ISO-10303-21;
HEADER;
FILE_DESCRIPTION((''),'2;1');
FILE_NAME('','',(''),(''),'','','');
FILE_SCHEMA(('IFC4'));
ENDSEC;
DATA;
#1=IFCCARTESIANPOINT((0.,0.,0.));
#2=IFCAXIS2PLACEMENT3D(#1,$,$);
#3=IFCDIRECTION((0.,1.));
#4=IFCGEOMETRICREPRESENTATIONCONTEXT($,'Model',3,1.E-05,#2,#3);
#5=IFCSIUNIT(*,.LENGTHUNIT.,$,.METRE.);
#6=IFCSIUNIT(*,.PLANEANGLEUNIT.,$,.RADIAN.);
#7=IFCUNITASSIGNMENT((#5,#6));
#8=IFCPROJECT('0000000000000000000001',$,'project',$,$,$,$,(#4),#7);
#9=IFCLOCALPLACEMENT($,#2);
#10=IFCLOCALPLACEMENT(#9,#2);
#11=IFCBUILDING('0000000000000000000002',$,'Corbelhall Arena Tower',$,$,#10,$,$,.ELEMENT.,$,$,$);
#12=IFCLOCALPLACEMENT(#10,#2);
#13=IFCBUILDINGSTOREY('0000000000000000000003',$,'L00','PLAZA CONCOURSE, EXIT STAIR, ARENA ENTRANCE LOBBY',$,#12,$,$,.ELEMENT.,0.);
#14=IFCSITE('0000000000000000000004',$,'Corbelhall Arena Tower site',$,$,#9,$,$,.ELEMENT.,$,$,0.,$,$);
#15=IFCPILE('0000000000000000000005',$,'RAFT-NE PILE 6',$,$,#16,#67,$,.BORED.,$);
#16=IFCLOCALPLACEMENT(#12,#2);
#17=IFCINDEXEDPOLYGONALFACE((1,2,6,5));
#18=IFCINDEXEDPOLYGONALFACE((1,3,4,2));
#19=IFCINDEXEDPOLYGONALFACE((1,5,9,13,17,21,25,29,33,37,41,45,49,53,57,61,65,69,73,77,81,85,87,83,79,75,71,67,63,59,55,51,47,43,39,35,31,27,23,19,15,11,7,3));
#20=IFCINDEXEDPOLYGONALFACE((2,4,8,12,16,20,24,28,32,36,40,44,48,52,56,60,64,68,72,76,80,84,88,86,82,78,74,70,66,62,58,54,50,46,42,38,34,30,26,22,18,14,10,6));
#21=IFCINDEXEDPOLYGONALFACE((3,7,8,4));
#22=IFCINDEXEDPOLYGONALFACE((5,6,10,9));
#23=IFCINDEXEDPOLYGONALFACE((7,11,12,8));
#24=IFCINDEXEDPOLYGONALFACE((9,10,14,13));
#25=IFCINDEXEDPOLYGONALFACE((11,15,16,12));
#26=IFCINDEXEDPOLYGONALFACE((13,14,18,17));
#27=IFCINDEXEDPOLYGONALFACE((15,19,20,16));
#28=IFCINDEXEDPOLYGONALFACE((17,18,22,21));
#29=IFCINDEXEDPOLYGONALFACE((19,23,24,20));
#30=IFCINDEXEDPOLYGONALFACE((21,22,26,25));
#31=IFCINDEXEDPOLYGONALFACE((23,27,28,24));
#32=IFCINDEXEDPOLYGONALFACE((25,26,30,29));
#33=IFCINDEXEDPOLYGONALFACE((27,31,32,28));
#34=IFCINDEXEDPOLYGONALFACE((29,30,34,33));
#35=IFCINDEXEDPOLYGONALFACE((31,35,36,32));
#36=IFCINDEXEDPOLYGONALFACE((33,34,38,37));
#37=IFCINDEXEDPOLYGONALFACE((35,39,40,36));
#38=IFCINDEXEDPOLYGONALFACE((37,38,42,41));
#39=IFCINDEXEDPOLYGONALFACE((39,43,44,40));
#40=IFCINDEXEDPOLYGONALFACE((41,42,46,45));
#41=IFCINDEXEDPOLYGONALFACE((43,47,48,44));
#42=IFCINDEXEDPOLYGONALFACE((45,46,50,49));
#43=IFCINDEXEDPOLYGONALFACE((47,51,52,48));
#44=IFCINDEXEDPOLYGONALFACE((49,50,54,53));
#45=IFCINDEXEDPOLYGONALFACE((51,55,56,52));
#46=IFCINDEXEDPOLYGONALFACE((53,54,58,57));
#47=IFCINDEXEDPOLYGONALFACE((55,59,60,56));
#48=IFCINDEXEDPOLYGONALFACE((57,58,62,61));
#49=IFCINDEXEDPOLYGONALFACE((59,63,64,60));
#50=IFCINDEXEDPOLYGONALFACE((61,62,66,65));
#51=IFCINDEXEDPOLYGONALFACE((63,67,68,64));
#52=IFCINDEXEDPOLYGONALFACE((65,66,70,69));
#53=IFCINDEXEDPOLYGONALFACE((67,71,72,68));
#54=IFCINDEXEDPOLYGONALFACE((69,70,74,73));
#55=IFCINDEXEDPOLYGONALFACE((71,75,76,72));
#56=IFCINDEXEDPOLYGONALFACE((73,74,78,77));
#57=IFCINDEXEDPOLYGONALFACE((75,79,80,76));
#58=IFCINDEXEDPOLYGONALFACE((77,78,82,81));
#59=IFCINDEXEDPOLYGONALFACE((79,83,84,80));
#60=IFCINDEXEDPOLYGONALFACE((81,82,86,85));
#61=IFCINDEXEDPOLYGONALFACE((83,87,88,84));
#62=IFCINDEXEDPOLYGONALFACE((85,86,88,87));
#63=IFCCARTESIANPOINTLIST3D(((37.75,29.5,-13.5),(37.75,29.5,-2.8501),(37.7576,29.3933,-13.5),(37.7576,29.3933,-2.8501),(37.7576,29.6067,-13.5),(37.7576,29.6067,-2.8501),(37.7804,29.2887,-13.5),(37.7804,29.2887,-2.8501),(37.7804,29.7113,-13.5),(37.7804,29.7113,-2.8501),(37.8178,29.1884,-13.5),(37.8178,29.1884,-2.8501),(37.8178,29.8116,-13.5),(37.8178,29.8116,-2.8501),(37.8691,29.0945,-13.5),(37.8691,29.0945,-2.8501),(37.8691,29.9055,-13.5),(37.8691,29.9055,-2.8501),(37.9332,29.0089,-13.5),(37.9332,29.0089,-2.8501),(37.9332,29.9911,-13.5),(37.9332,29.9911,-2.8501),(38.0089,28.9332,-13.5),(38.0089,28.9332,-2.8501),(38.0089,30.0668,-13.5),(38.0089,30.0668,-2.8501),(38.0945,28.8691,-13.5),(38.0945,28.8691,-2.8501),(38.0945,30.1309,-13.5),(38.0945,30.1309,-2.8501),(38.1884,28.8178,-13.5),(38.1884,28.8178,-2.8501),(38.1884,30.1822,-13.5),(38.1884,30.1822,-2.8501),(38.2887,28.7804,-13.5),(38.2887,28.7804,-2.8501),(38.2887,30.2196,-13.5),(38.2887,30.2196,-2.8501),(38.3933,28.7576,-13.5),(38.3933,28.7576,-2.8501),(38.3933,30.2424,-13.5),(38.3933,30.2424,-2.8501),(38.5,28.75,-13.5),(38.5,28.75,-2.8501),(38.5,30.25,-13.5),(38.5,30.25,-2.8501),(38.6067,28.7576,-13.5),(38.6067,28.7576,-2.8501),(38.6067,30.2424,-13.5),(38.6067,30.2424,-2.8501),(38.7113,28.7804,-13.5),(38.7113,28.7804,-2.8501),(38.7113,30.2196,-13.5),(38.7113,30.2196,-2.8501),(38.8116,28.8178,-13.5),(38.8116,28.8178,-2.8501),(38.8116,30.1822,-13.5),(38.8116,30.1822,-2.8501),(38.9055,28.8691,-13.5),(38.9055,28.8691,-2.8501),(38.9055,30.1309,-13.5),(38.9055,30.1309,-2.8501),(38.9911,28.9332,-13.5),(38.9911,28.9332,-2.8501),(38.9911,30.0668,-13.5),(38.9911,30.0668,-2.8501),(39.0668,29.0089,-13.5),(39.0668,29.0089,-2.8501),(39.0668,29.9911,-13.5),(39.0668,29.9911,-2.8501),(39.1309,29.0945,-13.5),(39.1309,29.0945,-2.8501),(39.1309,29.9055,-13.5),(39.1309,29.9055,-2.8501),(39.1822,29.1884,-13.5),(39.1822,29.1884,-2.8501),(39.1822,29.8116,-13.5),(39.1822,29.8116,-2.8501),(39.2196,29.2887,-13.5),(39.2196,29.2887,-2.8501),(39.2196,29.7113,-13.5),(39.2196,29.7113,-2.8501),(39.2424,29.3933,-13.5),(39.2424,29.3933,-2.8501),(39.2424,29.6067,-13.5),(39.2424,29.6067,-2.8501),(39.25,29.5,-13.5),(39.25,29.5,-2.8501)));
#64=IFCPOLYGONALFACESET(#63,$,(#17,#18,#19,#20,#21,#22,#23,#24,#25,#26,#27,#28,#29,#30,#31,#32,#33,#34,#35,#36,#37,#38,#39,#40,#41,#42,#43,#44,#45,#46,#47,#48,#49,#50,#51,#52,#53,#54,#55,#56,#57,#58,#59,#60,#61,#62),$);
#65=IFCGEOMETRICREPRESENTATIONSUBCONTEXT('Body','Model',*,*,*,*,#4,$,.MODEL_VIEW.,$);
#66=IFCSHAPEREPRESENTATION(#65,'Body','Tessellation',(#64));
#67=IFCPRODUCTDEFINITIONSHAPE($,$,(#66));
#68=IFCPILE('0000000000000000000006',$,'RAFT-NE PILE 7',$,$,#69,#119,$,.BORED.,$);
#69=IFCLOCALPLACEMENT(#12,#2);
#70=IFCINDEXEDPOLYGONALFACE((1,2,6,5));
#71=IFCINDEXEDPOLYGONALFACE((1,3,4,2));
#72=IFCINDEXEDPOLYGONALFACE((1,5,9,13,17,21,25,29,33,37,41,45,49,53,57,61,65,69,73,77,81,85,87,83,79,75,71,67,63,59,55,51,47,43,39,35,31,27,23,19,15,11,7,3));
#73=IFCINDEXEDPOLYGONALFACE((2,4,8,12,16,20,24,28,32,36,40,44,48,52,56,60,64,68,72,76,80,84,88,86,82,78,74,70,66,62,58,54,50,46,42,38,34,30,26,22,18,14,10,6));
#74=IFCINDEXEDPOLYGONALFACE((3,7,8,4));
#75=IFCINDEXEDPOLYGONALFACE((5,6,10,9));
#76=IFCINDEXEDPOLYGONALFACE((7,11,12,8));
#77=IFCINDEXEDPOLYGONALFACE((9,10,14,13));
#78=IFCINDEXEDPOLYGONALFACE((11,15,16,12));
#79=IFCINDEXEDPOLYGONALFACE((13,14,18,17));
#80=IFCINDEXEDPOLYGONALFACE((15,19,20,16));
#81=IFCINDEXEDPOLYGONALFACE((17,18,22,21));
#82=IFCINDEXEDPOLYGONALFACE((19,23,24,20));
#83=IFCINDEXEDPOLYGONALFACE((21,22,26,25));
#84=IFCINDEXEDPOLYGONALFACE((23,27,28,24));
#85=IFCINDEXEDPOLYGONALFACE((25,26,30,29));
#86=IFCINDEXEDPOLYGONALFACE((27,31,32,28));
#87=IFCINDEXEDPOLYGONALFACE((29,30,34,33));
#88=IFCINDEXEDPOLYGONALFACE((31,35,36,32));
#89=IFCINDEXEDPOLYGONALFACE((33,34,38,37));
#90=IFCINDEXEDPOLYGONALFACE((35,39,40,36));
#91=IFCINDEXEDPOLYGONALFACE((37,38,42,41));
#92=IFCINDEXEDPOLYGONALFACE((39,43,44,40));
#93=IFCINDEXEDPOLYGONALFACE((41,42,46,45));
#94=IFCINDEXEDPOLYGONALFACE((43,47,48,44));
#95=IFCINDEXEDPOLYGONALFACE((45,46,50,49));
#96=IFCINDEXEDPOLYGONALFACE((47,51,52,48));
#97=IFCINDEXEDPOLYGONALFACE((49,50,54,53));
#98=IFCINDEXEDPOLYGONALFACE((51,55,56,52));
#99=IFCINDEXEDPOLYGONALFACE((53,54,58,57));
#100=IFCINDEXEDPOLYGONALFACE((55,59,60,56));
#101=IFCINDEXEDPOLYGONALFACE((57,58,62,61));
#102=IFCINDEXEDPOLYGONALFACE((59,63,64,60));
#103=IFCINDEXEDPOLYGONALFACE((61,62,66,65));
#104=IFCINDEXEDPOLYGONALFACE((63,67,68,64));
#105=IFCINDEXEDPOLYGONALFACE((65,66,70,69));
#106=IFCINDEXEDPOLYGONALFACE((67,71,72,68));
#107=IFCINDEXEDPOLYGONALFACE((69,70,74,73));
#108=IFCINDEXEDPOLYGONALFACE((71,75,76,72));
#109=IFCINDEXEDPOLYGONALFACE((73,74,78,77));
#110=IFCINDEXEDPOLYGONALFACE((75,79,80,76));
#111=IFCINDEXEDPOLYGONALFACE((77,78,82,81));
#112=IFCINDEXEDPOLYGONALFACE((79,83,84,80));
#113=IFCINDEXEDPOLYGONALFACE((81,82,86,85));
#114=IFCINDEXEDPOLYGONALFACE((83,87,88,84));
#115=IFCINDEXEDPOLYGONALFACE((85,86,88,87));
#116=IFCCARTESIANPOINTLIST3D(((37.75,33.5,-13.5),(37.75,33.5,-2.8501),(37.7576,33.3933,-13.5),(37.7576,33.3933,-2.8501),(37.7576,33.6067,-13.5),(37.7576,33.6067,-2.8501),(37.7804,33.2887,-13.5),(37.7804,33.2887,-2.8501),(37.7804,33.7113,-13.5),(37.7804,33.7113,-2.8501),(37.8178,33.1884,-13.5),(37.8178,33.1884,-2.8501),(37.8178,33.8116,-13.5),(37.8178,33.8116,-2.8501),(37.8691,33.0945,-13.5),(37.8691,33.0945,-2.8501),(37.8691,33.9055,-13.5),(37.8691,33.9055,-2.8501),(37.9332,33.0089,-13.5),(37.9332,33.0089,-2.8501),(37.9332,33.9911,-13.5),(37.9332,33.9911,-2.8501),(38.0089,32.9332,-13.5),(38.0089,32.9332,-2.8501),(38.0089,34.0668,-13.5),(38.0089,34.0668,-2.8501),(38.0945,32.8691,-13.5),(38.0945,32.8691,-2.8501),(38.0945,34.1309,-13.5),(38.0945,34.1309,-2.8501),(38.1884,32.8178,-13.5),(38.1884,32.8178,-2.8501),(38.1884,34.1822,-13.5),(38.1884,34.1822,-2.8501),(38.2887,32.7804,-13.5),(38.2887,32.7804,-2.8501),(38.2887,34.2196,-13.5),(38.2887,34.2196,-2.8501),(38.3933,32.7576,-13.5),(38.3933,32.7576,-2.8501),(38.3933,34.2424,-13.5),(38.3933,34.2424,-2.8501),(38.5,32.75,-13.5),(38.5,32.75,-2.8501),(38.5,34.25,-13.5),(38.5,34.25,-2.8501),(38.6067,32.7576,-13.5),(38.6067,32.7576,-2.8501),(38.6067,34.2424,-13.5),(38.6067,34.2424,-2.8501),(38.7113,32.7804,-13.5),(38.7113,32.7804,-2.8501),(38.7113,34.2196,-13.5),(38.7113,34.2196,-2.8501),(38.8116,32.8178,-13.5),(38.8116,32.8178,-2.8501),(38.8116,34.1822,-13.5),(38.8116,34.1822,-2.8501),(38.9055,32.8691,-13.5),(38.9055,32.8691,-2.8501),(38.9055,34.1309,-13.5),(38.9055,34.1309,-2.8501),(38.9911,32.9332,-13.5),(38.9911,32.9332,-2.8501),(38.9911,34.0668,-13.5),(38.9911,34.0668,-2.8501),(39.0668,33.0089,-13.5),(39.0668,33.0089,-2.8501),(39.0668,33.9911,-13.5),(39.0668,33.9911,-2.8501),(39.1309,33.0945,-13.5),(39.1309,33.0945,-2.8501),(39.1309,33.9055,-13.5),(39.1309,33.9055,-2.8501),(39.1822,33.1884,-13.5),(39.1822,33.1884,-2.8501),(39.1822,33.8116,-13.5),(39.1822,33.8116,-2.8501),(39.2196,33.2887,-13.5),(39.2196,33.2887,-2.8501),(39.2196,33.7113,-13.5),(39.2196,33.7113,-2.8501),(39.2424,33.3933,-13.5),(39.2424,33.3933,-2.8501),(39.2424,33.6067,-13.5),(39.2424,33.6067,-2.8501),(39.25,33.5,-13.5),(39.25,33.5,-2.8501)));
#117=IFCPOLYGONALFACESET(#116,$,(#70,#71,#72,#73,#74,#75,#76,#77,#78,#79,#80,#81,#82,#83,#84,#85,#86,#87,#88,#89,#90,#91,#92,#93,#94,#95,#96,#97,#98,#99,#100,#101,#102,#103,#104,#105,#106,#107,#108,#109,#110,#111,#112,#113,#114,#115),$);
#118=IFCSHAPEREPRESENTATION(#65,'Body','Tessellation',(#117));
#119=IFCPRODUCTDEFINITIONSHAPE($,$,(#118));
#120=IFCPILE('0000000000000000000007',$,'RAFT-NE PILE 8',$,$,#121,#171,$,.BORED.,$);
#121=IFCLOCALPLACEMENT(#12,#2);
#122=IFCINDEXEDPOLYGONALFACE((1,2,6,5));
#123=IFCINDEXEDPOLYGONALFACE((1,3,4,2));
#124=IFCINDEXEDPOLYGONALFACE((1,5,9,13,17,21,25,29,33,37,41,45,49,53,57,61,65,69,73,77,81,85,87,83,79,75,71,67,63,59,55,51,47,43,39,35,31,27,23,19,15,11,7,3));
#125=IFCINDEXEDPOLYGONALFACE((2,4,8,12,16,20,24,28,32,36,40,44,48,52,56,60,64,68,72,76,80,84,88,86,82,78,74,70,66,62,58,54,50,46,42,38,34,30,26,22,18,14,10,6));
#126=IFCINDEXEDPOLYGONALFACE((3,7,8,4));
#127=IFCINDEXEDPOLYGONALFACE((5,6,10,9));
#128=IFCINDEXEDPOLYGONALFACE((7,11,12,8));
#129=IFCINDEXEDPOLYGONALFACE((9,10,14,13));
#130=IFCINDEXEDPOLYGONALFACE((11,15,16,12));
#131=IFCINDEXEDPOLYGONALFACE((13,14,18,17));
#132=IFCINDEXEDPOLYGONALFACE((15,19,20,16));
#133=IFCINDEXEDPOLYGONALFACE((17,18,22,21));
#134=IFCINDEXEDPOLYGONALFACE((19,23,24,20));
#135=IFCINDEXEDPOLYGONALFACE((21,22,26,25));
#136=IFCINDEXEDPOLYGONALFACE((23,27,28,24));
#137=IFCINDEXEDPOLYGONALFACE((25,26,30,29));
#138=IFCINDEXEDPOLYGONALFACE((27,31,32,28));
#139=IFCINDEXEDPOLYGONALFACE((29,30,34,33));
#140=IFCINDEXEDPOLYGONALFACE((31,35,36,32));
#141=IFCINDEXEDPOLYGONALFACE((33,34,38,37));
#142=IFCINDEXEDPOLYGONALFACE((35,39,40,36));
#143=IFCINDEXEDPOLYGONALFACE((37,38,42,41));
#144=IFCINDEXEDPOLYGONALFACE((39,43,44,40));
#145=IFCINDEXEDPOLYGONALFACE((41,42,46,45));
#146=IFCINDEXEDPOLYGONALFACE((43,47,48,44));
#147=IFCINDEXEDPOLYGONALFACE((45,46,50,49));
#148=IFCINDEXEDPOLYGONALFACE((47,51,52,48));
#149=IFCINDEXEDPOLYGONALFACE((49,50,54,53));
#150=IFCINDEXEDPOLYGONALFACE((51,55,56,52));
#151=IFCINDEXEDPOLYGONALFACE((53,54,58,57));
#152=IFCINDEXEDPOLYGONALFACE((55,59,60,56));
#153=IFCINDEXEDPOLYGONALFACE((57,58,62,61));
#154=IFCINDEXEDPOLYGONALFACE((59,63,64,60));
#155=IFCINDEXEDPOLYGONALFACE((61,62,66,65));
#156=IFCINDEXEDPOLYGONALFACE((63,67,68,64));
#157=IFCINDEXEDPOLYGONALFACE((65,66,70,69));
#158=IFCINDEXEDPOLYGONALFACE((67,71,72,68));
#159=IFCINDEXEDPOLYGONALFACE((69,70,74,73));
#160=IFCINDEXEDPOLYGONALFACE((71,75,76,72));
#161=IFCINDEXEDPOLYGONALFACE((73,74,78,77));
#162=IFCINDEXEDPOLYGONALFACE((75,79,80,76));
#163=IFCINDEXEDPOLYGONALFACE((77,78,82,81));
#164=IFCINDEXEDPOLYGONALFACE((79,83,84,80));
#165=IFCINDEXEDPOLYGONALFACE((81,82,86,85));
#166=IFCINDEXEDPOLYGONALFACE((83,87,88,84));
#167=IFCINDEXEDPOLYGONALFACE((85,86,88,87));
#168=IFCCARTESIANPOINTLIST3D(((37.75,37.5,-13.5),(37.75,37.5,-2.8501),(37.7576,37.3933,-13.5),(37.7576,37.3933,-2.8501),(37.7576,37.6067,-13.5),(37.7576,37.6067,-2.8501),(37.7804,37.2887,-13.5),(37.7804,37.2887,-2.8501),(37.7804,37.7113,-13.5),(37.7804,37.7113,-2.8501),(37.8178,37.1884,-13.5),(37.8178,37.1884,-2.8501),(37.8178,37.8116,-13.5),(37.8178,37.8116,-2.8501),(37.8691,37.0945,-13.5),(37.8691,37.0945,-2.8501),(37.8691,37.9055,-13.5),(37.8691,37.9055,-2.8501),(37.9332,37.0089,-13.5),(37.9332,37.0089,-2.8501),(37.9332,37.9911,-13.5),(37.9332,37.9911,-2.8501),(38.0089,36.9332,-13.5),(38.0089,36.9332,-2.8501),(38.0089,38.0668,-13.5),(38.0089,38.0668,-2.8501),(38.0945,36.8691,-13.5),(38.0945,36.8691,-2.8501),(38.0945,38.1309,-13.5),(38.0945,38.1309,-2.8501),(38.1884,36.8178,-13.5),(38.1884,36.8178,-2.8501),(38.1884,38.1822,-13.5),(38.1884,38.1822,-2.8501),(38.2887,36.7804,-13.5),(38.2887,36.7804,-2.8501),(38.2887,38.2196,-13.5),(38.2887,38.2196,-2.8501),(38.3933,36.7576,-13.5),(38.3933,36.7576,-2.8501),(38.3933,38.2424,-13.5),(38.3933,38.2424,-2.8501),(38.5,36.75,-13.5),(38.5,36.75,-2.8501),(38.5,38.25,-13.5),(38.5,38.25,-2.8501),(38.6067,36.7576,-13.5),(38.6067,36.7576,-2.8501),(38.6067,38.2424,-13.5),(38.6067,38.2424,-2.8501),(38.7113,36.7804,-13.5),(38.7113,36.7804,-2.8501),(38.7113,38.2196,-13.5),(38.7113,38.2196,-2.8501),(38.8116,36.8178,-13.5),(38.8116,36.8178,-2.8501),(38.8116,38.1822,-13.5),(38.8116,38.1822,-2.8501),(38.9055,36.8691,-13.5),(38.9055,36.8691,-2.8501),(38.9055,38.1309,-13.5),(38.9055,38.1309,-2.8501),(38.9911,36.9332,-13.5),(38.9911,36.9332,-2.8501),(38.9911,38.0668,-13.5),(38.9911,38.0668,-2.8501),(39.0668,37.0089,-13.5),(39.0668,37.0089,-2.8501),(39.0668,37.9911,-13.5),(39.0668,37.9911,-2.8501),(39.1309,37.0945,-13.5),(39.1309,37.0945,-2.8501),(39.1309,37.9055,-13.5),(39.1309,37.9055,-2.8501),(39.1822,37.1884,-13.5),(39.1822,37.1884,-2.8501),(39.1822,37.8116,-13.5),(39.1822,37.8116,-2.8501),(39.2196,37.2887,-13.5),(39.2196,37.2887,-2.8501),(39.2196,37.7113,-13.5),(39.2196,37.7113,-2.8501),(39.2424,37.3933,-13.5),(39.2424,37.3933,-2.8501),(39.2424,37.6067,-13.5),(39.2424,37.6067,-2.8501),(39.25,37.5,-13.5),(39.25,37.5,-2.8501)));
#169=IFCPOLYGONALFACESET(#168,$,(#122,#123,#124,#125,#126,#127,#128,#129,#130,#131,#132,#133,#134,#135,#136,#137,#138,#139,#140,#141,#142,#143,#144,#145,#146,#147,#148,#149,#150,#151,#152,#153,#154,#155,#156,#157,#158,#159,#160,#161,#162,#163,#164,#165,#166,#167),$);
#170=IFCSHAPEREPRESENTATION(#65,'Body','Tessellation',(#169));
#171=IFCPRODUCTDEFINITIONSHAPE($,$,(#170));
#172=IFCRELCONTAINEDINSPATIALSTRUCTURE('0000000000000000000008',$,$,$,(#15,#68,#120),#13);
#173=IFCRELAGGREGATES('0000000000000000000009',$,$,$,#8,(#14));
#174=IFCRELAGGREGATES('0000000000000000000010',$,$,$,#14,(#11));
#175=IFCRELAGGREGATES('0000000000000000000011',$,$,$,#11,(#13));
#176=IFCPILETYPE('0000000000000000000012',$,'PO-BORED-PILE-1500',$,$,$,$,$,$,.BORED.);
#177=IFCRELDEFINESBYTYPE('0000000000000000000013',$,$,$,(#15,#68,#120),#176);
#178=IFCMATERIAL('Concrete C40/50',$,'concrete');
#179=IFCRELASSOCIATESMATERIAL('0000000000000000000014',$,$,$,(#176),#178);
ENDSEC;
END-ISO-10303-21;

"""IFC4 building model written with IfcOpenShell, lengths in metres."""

from ifc_helpers import new_model, si_unit, direction, frame, origin, origin_2d, place, context, subcontext, project, spatial, circle, extrude, material, material_profile, profile_set, type_object, element, save


model = new_model("IFC4")

# Units and contexts
model_context = context("Model", 3, precision=1e-05, world=origin(), true_north=direction((0.0, 1.0)))
body_context = subcontext(model_context, "Body", "Model", "MODEL_VIEW")
ifc_project = project(units=[si_unit("LENGTHUNIT", "METRE"), si_unit("PLANEANGLEUNIT", "RADIAN")], contexts=[model_context])

# Site, building, storey
site_placement = place(None, origin())
site = spatial("IfcSite", under=ifc_project, at=site_placement, Name="Corbelhall Arena Tower site", CompositionType="ELEMENT", RefElevation=0.0)
building_placement = place(site_placement, origin())
building = spatial("IfcBuilding", under=site, at=building_placement, Name="Corbelhall Arena Tower", CompositionType="ELEMENT")
storey_placement = place(building_placement, origin())
storey = spatial("IfcBuildingStorey", under=building, at=storey_placement, Name="L00", Description="PLAZA CONCOURSE, EXIT STAIR, ARENA ENTRANCE LOBBY", CompositionType="ELEMENT", Elevation=0.0)

# Piles
ifc_material_1 = material(Name="Concrete C40/50", Category="concrete")
ifc_material_profile = material_profile(ifc_material_1, circle(Radius=0.75, at=origin_2d()))
ifc_profile_set = profile_set([ifc_material_profile], Name="Concrete C40/50")
pile_type = type_object("IfcPileType", Name="PO-BORED-PILE-1500", PredefinedType="BORED", material=ifc_profile_set)
for number, where, z_axis, x_axis, name in (
    (1, (38.5, 29.5, -2.8501), (0.0, 0.0, -1.0), (1.0, 0.0, 0.0), "RAFT-NE PILE 6"),
    (2, (38.5, 33.5, -2.8501), (0.0, 0.0, -1.0), (1.0, 0.0, 0.0), "RAFT-NE PILE 7"),
    (3, (38.5, 37.5, -2.8501), (0.0, 0.0, -1.0), (1.0, 0.0, 0.0), "RAFT-NE PILE 8"),
):
    element("IfcPile", number, at=place(storey_placement, frame(where, z_axis=z_axis, x_axis=x_axis)), inside=storey, type_object=pile_type, Name=name, PredefinedType="BORED", context=body_context, shape_type="SweptSolid", body=[
        extrude(circle(Radius=0.75, at=origin_2d()), origin(), (0.0, 0.0, 1.0), 10.6499),
    ])

save(model, "model.ifc")
